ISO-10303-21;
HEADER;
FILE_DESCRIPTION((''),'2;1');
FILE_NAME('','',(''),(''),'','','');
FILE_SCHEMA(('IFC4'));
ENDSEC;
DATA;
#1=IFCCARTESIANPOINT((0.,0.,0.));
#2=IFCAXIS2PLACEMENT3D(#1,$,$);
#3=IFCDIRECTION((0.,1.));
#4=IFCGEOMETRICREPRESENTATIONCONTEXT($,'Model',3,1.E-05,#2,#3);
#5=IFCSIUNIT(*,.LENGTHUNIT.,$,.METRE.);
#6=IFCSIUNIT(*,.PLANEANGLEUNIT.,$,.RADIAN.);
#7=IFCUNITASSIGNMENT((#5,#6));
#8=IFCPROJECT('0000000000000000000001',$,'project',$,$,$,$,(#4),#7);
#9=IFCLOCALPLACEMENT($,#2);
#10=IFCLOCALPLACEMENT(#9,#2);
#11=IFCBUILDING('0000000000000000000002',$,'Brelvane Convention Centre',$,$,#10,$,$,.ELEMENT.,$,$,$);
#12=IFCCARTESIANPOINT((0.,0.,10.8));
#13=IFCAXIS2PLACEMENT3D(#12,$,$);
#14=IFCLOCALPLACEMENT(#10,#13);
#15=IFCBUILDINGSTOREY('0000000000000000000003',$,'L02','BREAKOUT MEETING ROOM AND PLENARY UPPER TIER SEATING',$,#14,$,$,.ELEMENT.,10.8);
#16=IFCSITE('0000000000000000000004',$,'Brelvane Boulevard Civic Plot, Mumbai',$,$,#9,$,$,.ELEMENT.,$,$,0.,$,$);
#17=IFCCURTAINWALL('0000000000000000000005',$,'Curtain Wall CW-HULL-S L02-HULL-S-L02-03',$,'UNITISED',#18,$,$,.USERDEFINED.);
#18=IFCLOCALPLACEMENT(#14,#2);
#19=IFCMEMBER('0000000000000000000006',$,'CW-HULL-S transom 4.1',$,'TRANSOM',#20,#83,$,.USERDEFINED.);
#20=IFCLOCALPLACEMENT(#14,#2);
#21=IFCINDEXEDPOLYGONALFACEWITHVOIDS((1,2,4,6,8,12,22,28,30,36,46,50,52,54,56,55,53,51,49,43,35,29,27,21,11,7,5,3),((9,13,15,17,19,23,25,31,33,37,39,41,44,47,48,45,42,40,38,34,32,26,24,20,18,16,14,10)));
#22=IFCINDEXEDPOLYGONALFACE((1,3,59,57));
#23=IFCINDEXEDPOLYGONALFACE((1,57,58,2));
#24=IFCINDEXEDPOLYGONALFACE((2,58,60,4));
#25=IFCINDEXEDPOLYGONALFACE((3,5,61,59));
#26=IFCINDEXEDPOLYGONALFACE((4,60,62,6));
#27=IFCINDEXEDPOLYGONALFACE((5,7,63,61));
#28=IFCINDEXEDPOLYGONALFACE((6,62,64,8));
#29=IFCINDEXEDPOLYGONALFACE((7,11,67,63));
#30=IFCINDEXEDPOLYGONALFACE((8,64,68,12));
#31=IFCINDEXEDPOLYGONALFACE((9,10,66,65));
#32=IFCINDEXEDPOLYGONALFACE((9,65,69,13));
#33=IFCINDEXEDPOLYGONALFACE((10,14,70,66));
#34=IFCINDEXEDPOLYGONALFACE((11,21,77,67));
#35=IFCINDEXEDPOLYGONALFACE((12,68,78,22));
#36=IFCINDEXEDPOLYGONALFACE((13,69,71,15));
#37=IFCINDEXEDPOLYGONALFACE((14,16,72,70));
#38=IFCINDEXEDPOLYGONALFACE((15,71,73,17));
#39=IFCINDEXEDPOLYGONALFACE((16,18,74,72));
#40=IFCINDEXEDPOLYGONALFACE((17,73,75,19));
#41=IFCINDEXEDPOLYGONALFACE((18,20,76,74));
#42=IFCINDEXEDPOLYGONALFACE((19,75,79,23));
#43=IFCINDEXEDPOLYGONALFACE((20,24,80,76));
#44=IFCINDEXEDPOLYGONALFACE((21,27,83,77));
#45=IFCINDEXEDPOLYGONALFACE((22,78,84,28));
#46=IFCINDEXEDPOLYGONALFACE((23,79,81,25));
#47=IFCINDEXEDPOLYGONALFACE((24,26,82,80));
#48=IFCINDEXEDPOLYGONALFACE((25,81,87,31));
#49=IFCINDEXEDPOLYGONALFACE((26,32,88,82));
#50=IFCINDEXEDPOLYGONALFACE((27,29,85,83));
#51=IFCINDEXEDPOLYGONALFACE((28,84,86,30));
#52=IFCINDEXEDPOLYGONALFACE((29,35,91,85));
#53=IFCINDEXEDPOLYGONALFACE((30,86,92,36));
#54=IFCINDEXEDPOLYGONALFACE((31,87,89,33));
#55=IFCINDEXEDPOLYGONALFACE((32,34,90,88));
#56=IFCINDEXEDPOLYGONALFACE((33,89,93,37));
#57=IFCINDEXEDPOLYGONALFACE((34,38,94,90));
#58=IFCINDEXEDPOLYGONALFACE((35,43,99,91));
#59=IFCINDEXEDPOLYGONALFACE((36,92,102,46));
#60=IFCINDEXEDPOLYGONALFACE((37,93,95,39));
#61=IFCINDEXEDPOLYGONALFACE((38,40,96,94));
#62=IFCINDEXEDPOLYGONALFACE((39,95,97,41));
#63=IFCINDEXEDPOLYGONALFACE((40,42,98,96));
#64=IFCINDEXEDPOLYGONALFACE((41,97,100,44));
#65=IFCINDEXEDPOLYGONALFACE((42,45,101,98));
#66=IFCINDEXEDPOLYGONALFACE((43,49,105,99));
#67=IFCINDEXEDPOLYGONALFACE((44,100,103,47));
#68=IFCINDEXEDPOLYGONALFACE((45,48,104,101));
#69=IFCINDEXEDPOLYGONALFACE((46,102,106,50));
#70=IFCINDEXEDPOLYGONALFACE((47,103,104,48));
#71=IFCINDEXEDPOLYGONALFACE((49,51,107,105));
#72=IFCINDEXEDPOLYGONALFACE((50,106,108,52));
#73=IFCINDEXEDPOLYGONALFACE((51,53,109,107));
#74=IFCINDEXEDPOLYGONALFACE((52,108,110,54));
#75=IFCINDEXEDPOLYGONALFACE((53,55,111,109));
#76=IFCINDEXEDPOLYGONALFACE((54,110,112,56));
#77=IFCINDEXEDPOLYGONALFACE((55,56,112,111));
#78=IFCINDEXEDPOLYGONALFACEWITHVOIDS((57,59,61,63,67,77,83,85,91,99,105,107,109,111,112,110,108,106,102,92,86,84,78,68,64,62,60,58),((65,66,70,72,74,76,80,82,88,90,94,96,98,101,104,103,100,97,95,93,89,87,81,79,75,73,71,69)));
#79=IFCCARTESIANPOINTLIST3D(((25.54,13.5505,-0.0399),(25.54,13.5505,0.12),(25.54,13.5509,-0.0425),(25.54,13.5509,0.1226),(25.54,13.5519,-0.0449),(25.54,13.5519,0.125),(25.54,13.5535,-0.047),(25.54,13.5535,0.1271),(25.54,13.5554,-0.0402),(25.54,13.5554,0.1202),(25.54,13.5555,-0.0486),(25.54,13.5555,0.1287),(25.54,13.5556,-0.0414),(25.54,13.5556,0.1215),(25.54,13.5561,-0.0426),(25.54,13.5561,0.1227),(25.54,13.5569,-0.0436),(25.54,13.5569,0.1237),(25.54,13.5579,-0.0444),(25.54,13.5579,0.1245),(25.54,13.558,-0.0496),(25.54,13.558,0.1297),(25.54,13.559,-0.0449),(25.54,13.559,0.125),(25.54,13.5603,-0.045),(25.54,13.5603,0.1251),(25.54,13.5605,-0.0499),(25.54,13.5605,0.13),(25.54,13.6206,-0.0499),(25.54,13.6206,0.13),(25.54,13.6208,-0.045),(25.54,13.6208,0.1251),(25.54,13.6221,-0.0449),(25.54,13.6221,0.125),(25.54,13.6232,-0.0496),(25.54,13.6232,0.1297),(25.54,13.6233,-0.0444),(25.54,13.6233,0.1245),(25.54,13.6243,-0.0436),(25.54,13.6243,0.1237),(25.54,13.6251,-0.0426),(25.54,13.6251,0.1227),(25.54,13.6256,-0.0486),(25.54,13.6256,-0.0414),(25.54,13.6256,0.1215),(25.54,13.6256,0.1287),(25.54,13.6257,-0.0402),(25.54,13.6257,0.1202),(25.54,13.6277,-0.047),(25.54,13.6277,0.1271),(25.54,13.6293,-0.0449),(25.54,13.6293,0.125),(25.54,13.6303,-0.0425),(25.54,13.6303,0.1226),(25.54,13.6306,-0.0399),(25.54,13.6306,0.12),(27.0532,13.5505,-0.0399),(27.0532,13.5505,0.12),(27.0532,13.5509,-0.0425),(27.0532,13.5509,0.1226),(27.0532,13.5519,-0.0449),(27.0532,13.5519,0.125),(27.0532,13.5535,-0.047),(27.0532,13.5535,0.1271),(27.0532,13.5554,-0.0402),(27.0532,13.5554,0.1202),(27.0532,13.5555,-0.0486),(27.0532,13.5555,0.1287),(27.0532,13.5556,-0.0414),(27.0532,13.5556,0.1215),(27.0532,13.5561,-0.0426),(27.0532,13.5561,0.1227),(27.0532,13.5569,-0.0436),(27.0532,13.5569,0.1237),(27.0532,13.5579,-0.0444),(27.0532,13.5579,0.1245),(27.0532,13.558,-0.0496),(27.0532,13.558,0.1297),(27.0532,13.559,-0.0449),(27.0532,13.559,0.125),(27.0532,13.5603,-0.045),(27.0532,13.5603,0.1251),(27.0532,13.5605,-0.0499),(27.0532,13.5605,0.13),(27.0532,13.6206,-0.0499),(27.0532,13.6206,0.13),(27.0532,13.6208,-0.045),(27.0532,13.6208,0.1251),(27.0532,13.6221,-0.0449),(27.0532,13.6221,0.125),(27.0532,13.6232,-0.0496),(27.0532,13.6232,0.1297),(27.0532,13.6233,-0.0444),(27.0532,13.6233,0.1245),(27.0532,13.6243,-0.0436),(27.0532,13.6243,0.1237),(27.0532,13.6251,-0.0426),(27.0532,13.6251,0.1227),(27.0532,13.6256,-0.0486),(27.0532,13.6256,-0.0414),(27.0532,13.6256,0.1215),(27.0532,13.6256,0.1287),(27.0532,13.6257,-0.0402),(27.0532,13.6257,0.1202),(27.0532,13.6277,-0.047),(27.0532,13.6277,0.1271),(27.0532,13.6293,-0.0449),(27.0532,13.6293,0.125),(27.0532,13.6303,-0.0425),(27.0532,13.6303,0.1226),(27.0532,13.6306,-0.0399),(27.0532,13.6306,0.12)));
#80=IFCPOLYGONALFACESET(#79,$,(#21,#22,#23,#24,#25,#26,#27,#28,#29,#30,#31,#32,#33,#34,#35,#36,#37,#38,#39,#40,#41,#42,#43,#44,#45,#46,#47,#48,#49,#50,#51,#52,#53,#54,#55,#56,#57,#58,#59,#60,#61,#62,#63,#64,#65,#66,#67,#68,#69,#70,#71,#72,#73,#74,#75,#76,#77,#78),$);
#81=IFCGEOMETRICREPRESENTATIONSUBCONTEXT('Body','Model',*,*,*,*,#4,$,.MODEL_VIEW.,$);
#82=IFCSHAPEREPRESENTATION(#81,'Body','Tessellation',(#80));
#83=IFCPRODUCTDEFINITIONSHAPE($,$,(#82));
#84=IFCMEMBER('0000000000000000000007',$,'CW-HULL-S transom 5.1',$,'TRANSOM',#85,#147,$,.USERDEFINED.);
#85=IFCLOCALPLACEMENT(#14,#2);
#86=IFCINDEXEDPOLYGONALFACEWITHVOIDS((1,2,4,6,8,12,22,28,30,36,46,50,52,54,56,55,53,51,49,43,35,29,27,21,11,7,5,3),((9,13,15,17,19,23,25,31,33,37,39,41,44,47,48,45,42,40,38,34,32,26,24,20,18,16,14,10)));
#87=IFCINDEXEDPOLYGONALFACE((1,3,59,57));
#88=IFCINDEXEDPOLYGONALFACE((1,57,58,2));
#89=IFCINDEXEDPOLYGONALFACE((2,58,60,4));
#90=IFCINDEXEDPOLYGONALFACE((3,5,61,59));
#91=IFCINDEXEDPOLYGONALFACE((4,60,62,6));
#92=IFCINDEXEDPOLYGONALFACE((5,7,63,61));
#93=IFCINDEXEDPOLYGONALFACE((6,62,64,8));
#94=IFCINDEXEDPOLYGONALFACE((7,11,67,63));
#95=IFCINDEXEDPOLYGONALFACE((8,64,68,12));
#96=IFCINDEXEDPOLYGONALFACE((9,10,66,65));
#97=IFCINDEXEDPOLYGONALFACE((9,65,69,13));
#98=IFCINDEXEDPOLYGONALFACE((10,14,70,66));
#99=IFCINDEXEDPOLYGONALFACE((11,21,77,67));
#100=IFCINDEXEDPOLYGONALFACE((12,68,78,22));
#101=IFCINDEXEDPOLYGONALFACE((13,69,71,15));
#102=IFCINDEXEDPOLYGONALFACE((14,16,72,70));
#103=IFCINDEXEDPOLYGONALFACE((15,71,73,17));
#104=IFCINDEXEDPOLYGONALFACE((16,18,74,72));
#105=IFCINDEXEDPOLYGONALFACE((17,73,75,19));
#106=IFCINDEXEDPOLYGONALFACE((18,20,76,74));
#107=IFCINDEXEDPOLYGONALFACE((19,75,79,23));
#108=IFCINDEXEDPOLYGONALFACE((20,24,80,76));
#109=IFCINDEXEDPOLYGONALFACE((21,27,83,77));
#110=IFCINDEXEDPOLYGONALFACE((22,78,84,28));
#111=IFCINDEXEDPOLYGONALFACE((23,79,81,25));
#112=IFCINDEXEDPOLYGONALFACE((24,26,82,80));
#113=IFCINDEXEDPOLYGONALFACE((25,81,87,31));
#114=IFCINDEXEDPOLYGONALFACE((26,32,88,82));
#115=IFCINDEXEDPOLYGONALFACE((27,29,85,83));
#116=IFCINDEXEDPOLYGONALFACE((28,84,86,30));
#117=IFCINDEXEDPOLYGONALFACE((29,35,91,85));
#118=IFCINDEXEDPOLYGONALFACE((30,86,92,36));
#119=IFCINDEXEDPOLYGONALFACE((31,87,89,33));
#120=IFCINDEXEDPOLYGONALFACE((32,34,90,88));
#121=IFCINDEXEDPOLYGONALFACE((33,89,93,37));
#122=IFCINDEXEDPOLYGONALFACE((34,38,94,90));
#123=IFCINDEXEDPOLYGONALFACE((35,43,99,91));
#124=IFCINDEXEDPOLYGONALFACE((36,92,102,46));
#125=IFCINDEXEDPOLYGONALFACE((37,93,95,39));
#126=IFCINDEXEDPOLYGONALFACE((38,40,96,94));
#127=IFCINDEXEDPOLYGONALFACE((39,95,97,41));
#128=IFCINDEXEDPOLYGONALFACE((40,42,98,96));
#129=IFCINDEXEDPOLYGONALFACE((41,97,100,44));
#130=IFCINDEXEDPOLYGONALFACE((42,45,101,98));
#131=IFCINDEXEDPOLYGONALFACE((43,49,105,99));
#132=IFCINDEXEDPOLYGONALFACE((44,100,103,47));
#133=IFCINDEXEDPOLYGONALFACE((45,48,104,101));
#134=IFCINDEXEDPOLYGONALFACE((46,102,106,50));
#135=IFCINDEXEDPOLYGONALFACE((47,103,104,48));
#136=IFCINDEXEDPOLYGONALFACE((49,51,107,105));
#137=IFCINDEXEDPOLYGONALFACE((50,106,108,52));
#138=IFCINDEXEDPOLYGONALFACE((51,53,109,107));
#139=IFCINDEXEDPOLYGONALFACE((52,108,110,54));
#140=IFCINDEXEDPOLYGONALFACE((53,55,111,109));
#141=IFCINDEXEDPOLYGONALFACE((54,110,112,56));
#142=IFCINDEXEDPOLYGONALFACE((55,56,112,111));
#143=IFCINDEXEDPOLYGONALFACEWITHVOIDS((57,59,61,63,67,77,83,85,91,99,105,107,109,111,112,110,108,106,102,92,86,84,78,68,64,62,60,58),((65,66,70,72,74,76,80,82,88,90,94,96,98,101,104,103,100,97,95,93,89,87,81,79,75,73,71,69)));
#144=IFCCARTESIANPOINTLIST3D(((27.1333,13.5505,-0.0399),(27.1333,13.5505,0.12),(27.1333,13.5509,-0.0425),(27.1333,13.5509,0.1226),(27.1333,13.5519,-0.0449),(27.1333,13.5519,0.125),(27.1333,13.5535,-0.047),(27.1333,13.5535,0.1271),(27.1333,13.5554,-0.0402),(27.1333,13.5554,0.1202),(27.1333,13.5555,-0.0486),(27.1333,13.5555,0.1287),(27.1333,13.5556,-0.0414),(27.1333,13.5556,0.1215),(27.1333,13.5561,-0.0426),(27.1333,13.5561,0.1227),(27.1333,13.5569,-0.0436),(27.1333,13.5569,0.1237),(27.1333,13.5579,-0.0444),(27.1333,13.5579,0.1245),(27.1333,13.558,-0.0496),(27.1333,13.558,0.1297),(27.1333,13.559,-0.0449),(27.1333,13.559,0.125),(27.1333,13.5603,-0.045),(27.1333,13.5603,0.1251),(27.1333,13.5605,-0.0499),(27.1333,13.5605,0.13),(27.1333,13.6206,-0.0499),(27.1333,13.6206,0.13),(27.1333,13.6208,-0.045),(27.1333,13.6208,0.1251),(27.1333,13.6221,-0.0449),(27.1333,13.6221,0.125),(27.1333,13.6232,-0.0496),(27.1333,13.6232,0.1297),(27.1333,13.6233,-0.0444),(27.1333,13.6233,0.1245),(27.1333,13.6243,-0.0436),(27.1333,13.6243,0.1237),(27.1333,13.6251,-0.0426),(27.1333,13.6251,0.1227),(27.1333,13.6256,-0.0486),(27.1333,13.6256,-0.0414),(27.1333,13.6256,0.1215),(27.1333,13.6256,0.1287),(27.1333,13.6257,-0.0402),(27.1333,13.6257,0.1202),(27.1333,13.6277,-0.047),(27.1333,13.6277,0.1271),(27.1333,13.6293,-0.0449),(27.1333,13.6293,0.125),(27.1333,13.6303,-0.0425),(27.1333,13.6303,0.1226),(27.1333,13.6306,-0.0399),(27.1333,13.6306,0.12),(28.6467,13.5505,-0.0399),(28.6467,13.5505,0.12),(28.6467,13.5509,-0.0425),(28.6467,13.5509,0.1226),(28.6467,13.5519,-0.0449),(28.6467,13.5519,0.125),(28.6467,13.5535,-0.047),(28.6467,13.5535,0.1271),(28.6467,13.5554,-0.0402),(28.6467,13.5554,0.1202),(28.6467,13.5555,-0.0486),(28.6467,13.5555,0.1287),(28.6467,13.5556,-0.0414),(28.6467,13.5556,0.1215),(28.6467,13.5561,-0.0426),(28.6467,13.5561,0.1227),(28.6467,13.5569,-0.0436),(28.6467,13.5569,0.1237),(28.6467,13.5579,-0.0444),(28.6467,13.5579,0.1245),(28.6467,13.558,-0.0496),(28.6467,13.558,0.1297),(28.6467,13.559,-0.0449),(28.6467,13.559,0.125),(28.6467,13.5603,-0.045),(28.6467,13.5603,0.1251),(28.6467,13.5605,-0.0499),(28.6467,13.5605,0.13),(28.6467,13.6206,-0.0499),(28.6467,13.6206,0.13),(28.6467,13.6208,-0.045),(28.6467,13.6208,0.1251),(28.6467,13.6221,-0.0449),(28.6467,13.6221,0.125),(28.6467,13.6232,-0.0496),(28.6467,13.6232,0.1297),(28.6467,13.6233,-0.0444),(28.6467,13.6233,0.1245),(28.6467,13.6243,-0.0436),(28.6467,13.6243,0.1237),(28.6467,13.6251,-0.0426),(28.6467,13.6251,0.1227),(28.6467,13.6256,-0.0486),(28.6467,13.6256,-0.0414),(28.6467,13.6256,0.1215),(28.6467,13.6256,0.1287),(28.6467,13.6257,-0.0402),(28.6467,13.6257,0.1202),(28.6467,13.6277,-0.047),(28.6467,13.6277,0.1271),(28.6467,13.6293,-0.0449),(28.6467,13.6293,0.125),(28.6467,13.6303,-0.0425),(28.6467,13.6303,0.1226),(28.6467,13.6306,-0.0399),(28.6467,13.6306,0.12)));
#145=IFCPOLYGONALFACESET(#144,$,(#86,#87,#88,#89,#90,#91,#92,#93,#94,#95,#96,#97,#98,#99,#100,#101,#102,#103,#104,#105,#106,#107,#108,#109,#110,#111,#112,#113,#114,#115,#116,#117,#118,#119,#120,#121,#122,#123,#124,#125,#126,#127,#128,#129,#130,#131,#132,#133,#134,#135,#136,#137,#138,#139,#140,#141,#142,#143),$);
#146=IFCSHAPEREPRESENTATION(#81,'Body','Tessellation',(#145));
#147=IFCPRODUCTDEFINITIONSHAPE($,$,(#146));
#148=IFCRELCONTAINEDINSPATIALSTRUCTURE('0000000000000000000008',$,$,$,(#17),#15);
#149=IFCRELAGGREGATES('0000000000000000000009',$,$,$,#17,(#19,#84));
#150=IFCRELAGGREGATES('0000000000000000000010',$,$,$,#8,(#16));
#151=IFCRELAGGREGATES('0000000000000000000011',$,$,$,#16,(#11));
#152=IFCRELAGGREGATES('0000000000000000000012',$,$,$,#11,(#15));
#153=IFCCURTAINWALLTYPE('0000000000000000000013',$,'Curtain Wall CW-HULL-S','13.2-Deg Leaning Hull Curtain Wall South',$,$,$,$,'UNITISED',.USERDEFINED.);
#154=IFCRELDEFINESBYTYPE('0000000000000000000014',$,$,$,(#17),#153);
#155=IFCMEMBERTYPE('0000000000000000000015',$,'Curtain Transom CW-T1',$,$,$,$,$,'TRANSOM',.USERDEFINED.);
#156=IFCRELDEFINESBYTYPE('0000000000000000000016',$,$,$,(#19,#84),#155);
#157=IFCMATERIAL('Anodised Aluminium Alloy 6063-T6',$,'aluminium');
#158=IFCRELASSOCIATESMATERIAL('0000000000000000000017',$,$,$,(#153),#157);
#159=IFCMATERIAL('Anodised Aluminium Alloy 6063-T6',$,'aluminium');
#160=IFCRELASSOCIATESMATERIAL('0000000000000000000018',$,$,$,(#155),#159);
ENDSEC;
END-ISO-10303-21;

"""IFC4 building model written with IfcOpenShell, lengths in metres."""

from ifc_helpers import new_model, si_unit, direction, frame, origin, origin_2d, place, context, subcontext, project, spatial, hollow_rectangle, extrude, material, material_profile, profile_set, type_object, element, aggregate, save


model = new_model("IFC4")

# Units and contexts
model_context = context("Model", 3, precision=1e-05, world=origin(), true_north=direction((0.0, 1.0)))
body_context = subcontext(model_context, "Body", "Model", "MODEL_VIEW")
ifc_project = project(units=[si_unit("LENGTHUNIT", "METRE"), si_unit("PLANEANGLEUNIT", "RADIAN")], contexts=[model_context])

# Site, building, storey
site_placement = place(None, origin())
site = spatial("IfcSite", under=ifc_project, at=site_placement, Name="Brelvane Boulevard Civic Plot, Mumbai", CompositionType="ELEMENT", RefElevation=0.0)
building_placement = place(site_placement, origin())
building = spatial("IfcBuilding", under=site, at=building_placement, Name="Brelvane Convention Centre", CompositionType="ELEMENT")
storey_placement = place(building_placement, frame((0.0, 0.0, 10.8)))
storey = spatial("IfcBuildingStorey", under=building, at=storey_placement, Name="L02", Description="BREAKOUT MEETING ROOM AND PLENARY UPPER TIER SEATING", CompositionType="ELEMENT", Elevation=10.8)

# Shared definitions
ifc_material_1 = material(Name="Anodised Aluminium Alloy 6063-T6", Category="aluminium")
curtain_wall_type = type_object("IfcCurtainWallType", Name="Curtain Wall CW-HULL-S", Description="13.2-Deg Leaning Hull Curtain Wall South", ElementType="UNITISED", PredefinedType="USERDEFINED", material=ifc_material_1)

# Curtain wall
curtain_wall_1_placement = place(storey_placement, origin())
curtain_wall_1 = element("IfcCurtainWall", 1, at=curtain_wall_1_placement, inside=storey, type_object=curtain_wall_type, Name="Curtain Wall CW-HULL-S L02-HULL-S-L02-03", ObjectType="UNITISED", PredefinedType="USERDEFINED")

# Members
ifc_material_2 = material(Name="Anodised Aluminium Alloy 6063-T6", Category="aluminium")
ifc_material_profile_1 = material_profile(ifc_material_2, hollow_rectangle(XDim=0.0801, YDim=0.1799, WallThickness=0.0049, InnerFilletRadius=0.0049, OuterFilletRadius=0.01, at=origin_2d()), Name="ALU-T 180x80x5.0")
ifc_profile_set_1 = profile_set([ifc_material_profile_1], Name="Anodised Aluminium Alloy 6063-T6")
member_type_1 = type_object("IfcMemberType", Name="Curtain Transom CW-T1", ElementType="TRANSOM", PredefinedType="USERDEFINED", material=ifc_profile_set_1)
member_1_placement = place(storey_placement, frame((25.54, 13.5906, 0.04), z_axis=(1.0, 0.0, 0.0), x_axis=(0.0, 1.0, 0.0)))
member_1 = element("IfcMember", 2, at=member_1_placement, type_object=member_type_1, Name="CW-HULL-S transom 4.1", ObjectType="TRANSOM", PredefinedType="USERDEFINED", context=body_context, shape_type="SweptSolid", body=[
    extrude(hollow_rectangle(XDim=0.0801, YDim=0.1799, WallThickness=0.0049, InnerFilletRadius=0.0049, OuterFilletRadius=0.01, at=origin_2d()), origin(), (0.0, 0.0, 1.0), 1.5132),
])
member_2_placement = place(storey_placement, frame((27.1333, 13.5906, 0.04), z_axis=(1.0, 0.0, 0.0), x_axis=(0.0, 1.0, 0.0)))
member_2 = element("IfcMember", 3, at=member_2_placement, type_object=member_type_1, Name="CW-HULL-S transom 5.1", ObjectType="TRANSOM", PredefinedType="USERDEFINED", context=body_context, shape_type="SweptSolid", body=[
    extrude(hollow_rectangle(XDim=0.0801, YDim=0.1799, WallThickness=0.0049, InnerFilletRadius=0.0049, OuterFilletRadius=0.01, at=origin_2d()), origin(), (0.0, 0.0, 1.0), 1.5134),
])

aggregate(curtain_wall_1, [member_1, member_2])

save(model, "model.ifc")
